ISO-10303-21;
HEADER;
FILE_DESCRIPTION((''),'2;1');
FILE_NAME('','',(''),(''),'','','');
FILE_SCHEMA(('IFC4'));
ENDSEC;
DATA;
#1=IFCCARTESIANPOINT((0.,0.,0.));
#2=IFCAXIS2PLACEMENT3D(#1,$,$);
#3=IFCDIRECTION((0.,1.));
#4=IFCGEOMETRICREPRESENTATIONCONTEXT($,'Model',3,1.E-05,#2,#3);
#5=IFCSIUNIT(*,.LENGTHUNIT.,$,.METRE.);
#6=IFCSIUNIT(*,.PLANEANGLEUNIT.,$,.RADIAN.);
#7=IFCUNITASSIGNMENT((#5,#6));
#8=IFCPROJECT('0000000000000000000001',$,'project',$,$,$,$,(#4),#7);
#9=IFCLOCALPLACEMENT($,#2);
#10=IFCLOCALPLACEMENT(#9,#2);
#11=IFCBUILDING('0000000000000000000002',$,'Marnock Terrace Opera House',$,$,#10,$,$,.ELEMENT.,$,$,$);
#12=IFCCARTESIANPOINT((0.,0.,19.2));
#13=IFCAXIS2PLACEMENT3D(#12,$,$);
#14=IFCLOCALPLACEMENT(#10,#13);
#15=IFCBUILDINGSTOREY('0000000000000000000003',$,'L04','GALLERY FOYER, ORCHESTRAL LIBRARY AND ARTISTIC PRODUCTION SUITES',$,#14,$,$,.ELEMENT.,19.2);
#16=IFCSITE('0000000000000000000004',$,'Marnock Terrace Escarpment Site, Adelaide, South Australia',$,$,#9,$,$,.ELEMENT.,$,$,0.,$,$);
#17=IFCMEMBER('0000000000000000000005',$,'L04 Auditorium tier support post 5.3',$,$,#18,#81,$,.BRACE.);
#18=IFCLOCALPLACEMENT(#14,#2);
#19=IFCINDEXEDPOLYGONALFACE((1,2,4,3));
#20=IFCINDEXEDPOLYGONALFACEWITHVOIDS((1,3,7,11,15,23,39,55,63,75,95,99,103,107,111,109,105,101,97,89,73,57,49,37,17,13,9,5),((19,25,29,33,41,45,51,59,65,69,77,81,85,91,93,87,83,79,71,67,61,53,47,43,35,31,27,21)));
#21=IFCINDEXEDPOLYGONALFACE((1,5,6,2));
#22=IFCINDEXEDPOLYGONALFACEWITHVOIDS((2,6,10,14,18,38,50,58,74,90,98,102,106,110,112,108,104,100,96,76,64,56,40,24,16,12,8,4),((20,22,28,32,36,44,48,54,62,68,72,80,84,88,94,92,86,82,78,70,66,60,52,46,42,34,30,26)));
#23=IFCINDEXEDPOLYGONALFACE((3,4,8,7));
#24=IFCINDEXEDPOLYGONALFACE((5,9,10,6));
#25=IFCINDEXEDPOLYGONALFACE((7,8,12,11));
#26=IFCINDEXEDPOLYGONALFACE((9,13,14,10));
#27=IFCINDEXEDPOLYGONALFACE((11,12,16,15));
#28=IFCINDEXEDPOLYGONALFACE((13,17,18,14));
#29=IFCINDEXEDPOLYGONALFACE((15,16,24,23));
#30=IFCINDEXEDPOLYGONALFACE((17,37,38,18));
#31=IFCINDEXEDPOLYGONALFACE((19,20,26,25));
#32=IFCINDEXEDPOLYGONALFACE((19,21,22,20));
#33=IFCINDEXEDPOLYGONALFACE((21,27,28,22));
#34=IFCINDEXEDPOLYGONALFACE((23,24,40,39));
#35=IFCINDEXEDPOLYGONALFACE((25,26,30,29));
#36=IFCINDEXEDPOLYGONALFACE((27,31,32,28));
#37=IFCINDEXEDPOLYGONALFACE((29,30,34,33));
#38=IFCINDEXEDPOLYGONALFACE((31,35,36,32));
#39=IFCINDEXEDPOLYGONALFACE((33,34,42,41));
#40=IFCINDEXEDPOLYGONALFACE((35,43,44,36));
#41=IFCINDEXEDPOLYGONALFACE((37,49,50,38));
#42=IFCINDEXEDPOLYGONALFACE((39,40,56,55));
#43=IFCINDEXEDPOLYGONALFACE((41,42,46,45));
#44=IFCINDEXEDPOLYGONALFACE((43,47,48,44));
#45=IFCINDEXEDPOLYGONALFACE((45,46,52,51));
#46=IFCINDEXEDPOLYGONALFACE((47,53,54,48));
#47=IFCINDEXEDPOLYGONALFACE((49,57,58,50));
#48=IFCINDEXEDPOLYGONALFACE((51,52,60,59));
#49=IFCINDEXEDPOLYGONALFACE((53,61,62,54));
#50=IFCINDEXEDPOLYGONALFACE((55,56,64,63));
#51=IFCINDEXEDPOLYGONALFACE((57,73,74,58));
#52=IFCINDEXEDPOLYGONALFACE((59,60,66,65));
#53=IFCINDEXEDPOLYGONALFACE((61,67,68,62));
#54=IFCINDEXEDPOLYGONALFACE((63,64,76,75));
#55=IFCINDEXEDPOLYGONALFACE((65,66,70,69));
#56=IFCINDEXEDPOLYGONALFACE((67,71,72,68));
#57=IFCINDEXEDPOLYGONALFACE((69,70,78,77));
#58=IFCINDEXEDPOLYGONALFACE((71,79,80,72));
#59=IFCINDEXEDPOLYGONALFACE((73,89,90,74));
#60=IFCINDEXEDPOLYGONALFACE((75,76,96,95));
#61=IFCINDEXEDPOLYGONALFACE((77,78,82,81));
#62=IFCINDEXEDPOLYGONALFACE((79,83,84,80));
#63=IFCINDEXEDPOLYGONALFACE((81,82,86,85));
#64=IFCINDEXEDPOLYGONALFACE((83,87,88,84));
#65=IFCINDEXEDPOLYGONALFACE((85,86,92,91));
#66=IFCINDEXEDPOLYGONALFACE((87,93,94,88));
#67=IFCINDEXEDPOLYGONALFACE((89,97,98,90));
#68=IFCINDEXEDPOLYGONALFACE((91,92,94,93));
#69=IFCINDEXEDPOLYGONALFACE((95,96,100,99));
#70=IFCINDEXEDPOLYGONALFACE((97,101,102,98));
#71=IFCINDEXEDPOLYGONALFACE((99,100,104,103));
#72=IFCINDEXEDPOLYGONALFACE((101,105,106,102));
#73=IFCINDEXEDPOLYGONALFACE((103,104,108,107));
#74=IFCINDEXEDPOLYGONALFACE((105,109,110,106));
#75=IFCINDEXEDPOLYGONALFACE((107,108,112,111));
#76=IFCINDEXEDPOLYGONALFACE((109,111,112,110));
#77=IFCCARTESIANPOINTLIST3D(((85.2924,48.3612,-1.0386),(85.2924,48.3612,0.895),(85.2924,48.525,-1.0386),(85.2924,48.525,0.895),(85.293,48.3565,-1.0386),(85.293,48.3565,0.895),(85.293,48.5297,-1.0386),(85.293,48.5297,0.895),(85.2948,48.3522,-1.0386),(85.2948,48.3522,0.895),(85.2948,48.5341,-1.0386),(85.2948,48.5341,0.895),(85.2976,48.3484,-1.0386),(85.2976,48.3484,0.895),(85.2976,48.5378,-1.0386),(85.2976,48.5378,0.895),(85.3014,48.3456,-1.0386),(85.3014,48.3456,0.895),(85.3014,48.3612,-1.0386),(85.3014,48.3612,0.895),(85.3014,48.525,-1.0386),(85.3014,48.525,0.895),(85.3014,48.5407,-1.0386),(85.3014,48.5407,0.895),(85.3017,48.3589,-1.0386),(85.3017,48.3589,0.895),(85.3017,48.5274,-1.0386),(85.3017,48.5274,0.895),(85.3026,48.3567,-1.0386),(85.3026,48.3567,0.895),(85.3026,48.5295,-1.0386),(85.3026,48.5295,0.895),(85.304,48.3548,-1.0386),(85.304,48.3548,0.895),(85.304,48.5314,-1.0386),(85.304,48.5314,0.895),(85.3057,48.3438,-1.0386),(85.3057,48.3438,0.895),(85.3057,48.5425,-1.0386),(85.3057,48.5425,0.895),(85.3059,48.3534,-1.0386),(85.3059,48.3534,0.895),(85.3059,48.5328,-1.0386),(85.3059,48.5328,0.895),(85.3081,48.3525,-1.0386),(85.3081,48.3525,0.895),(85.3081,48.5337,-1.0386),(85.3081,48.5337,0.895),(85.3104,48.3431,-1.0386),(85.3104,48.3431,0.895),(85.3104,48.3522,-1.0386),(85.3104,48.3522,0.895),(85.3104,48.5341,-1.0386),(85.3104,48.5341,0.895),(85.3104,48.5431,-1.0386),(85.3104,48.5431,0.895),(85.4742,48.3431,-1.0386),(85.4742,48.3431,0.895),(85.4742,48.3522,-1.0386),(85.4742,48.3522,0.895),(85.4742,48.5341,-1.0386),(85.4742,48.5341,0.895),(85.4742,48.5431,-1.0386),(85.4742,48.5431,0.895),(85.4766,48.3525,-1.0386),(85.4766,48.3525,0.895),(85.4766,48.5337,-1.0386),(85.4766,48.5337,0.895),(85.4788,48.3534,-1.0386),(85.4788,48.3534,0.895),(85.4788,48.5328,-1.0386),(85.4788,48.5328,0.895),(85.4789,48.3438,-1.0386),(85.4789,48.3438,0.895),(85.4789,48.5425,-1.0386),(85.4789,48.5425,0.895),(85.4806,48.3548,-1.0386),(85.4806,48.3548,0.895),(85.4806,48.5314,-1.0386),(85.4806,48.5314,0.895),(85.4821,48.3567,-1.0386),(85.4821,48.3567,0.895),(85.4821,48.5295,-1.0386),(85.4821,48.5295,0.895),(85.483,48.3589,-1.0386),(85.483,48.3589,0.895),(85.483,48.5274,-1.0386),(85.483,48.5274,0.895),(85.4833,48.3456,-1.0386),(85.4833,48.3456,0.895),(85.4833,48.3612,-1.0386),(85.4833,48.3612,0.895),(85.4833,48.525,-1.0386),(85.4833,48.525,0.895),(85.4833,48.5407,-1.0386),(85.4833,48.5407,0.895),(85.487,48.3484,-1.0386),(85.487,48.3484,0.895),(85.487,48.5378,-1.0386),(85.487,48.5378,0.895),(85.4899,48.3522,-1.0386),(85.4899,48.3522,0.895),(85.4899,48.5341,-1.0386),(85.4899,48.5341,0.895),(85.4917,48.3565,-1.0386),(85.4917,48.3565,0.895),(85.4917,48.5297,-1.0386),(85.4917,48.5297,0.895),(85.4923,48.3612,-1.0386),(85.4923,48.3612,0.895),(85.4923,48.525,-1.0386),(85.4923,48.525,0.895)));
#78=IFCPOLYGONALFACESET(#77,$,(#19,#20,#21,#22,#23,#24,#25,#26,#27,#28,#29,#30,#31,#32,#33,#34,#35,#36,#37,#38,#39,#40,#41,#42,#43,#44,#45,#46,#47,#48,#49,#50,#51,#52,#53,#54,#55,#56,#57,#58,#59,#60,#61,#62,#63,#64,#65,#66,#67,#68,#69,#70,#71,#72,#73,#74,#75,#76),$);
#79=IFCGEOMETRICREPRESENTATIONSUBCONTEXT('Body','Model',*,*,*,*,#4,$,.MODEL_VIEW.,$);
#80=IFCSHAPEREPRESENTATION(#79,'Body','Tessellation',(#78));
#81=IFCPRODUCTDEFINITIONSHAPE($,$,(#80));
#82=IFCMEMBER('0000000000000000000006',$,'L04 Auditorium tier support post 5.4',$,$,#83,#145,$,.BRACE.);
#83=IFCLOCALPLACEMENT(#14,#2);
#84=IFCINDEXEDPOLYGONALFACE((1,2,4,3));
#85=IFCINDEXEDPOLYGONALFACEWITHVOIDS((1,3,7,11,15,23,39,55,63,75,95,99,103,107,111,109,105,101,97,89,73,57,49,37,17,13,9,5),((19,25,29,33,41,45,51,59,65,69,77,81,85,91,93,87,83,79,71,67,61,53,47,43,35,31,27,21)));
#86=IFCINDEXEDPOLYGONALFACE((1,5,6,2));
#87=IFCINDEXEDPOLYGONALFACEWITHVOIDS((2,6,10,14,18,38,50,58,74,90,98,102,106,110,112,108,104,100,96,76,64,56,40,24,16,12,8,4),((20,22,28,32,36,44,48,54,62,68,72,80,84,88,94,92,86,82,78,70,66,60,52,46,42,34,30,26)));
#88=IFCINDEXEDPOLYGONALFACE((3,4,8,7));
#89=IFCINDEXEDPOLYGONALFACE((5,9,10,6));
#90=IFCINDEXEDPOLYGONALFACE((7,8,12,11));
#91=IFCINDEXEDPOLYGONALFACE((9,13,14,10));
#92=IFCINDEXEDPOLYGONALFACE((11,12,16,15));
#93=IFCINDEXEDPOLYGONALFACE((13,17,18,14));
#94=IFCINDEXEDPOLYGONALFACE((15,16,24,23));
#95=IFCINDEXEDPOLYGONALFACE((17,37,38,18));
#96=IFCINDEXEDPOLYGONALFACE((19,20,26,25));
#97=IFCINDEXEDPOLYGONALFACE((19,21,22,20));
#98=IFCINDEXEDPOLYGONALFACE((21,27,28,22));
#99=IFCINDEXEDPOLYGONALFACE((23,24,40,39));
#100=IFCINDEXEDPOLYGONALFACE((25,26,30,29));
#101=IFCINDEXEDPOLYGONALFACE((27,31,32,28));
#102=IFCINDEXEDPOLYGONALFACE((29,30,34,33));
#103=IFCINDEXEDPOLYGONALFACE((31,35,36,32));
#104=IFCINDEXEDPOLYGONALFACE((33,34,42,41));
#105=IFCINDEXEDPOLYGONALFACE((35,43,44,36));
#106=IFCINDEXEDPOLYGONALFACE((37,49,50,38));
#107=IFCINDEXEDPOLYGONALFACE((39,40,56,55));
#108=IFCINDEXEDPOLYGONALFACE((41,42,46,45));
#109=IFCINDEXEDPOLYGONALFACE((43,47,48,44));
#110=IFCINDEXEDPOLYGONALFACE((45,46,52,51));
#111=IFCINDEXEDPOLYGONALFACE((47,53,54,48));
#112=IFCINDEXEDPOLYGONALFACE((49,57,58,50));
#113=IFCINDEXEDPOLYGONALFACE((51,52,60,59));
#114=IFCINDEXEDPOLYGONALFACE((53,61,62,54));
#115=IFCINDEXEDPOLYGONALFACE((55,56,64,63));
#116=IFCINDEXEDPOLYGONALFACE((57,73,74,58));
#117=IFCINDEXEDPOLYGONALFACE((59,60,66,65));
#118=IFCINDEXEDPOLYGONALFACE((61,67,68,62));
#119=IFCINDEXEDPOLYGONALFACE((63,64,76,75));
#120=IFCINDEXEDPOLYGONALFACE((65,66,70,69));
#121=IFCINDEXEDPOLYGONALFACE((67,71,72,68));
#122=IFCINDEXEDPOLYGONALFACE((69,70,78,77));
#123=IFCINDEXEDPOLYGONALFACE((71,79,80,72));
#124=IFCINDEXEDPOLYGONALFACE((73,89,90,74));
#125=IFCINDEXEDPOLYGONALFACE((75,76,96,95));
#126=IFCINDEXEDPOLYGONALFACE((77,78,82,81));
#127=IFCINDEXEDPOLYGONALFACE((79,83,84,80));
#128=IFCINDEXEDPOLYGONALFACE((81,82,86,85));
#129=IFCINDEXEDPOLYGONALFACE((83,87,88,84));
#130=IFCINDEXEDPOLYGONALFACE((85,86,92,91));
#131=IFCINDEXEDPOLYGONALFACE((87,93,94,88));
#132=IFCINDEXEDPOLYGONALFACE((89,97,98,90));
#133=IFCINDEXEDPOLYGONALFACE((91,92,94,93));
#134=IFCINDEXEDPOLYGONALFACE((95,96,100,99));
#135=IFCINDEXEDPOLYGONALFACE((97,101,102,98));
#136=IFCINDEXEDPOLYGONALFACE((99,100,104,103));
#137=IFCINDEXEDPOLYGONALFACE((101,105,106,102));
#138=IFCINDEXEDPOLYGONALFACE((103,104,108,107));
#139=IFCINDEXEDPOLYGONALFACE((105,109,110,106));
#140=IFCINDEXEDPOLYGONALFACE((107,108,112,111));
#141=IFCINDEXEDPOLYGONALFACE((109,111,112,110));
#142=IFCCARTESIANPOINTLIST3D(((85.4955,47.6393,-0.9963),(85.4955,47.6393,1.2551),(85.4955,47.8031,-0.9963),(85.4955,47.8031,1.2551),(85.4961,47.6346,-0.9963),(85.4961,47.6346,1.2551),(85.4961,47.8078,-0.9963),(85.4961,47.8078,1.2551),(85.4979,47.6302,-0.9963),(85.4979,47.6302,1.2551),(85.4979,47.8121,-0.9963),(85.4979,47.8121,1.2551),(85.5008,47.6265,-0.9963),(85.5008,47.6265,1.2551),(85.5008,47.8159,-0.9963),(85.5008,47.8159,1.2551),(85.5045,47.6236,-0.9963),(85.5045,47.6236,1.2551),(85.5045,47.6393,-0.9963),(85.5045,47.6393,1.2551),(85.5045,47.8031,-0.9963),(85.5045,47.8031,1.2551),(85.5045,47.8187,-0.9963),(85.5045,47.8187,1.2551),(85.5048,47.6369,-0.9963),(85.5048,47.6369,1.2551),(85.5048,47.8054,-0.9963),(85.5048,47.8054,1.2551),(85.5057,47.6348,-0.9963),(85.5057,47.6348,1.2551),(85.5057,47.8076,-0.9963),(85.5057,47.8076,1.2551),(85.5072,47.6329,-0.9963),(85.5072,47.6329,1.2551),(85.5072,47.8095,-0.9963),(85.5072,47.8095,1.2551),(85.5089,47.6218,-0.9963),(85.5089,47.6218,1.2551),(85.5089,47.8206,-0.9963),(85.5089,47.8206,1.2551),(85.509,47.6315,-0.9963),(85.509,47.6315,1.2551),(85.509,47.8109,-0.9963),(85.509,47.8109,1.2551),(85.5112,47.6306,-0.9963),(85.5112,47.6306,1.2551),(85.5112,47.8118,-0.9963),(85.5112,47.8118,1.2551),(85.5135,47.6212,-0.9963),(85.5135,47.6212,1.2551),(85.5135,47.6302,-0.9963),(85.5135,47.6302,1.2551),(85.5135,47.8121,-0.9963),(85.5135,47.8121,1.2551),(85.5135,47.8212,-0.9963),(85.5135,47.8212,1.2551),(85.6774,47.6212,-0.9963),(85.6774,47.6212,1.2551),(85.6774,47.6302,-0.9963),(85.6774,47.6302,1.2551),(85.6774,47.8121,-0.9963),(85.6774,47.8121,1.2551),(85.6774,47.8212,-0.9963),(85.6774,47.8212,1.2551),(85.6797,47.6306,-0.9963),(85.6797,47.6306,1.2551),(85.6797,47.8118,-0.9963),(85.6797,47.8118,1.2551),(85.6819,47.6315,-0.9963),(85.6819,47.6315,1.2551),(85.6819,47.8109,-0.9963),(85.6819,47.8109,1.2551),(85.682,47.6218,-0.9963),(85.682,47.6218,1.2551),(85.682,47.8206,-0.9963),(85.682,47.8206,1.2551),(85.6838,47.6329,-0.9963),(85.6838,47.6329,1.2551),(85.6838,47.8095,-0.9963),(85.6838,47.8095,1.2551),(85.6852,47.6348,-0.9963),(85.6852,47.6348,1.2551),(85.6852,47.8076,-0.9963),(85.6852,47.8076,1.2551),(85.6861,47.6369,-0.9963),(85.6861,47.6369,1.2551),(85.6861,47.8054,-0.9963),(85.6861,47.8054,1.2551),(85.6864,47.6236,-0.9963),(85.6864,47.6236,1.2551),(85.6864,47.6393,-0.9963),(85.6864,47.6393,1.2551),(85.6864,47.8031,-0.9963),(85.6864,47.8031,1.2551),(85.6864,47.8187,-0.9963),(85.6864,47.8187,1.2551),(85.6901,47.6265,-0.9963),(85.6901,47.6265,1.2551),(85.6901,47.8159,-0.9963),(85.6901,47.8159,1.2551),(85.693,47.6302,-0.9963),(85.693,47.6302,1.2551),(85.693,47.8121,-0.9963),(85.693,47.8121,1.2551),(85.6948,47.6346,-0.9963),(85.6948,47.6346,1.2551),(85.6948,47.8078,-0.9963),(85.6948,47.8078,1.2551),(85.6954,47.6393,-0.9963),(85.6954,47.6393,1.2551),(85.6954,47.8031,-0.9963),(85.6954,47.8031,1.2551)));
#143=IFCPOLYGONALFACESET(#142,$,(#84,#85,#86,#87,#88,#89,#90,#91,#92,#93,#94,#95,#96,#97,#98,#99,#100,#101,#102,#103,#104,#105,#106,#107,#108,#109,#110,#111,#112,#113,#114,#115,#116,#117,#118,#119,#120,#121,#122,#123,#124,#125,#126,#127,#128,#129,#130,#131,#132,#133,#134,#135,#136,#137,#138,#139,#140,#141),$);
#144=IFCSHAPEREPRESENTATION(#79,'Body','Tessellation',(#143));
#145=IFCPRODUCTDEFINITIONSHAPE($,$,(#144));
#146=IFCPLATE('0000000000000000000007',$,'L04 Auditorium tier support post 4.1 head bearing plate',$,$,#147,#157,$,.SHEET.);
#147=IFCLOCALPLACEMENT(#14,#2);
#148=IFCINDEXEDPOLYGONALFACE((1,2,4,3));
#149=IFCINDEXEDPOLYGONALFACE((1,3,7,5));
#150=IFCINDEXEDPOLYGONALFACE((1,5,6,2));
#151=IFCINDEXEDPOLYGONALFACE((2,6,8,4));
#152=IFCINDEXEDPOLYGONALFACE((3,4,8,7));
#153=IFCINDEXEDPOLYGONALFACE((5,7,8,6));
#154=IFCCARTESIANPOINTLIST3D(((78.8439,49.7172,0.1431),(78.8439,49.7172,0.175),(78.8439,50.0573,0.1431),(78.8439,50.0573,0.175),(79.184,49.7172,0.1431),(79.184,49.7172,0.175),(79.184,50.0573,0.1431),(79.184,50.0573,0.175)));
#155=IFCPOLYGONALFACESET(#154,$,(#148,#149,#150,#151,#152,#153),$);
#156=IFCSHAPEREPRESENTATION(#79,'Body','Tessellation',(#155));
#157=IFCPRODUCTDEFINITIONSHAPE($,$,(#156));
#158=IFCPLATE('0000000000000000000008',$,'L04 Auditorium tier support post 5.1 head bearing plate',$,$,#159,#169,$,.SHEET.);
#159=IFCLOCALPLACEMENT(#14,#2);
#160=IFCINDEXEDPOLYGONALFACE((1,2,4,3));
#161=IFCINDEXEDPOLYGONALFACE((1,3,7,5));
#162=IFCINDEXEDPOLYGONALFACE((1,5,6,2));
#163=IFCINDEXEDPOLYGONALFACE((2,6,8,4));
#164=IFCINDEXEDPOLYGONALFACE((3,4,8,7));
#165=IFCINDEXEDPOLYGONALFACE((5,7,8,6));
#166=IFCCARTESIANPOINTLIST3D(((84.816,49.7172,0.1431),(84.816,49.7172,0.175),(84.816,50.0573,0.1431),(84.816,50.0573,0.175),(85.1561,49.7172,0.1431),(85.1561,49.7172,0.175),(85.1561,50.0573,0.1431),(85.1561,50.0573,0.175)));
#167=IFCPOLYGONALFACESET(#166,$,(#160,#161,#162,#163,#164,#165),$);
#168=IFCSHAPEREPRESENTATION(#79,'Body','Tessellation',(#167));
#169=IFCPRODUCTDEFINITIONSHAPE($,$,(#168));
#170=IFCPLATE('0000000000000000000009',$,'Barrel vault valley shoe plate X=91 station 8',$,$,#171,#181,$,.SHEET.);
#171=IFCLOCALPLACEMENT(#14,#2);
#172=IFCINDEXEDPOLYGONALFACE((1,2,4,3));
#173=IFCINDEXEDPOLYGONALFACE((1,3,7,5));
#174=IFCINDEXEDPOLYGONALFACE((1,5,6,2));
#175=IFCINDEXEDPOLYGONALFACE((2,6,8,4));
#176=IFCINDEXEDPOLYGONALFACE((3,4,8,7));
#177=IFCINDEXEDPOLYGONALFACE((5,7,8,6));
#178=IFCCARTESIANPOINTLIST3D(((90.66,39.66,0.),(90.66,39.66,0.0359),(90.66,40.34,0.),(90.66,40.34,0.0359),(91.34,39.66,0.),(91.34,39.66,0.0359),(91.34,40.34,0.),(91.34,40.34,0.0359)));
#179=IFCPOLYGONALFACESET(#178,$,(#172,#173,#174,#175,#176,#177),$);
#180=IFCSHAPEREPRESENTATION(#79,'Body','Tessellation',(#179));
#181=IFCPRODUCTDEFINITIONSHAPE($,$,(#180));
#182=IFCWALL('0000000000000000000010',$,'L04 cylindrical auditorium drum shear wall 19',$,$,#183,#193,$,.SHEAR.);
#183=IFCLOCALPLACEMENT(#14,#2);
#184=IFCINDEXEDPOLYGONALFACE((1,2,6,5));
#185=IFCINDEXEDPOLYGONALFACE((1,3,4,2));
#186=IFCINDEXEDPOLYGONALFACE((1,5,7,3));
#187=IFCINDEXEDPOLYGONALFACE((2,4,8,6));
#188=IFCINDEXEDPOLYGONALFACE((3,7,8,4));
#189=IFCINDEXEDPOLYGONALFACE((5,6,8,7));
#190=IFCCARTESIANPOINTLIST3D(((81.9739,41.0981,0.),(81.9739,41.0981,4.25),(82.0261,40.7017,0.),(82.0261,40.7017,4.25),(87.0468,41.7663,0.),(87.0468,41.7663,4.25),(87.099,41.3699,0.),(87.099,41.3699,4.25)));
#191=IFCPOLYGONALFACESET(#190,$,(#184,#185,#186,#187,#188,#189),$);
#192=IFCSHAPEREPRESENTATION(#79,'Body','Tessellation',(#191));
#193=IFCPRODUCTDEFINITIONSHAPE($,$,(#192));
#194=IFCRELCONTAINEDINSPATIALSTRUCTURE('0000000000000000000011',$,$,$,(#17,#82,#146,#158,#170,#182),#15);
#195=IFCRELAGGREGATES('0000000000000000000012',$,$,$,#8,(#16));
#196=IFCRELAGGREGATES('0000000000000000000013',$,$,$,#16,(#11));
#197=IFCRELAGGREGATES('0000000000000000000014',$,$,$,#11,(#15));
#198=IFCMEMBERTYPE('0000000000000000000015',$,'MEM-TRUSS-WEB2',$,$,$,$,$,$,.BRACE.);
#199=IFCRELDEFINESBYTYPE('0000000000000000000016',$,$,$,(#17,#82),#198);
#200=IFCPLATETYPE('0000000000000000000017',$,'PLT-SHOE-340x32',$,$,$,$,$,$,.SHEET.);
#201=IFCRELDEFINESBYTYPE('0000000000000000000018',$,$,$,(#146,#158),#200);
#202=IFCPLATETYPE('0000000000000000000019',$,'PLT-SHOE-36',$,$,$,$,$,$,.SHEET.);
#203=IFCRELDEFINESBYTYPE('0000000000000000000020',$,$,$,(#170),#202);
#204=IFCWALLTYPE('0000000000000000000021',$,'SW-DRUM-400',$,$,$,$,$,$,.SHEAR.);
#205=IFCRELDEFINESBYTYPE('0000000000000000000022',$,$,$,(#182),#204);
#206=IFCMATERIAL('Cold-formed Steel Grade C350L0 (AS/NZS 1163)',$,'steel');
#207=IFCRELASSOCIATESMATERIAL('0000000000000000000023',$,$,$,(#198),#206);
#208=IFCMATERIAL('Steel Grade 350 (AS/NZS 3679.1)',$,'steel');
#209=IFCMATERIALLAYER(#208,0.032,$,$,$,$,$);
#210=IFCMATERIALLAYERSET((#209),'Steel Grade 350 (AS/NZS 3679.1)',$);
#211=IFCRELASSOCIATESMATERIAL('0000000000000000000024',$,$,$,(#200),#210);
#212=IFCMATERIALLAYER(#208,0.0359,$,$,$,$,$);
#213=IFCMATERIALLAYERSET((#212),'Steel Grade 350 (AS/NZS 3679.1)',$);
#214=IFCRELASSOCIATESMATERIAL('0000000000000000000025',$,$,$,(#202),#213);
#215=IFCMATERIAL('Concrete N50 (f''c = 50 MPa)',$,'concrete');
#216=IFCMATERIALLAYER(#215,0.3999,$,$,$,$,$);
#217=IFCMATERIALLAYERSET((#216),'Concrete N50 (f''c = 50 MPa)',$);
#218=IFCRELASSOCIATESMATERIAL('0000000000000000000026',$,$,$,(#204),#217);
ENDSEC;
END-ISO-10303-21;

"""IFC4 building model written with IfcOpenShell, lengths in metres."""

from ifc_helpers import new_model, si_unit, direction, frame, frame_2d, origin, origin_2d, place, context, subcontext, project, spatial, rectangle, hollow_rectangle, extrude, material, layer, layer_set, material_profile, profile_set, type_object, element, save


model = new_model("IFC4")

# Units and contexts
model_context = context("Model", 3, precision=1e-05, world=origin(), true_north=direction((0.0, 1.0)))
body_context = subcontext(model_context, "Body", "Model", "MODEL_VIEW")
ifc_project = project(units=[si_unit("LENGTHUNIT", "METRE"), si_unit("PLANEANGLEUNIT", "RADIAN")], contexts=[model_context])

# Site, building, storey
site_placement = place(None, origin())
site = spatial("IfcSite", under=ifc_project, at=site_placement, Name="Marnock Terrace Escarpment Site, Adelaide, South Australia", CompositionType="ELEMENT", RefElevation=0.0)
building_placement = place(site_placement, origin())
building = spatial("IfcBuilding", under=site, at=building_placement, Name="Marnock Terrace Opera House", CompositionType="ELEMENT")
storey_placement = place(building_placement, frame((0.0, 0.0, 19.2)))
storey = spatial("IfcBuildingStorey", under=building, at=storey_placement, Name="L04", Description="GALLERY FOYER, ORCHESTRAL LIBRARY AND ARTISTIC PRODUCTION SUITES", CompositionType="ELEMENT", Elevation=19.2)

# Shared definitions
ifc_material_1 = material(Name="Concrete N50 (f'c = 50 MPa)", Category="concrete")

# Members
ifc_material_2 = material(Name="Cold-formed Steel Grade C350L0 (AS/NZS 1163)", Category="steel")
ifc_material_profile_1 = material_profile(ifc_material_2, hollow_rectangle(XDim=0.2, YDim=0.2, WallThickness=0.009, InnerFilletRadius=0.009, OuterFilletRadius=0.0181, at=origin_2d()))
ifc_profile_set_1 = profile_set([ifc_material_profile_1], Name="Cold-formed Steel Grade C350L0 (AS/NZS 1163)")
member_type = type_object("IfcMemberType", Name="MEM-TRUSS-WEB2", PredefinedType="BRACE", material=ifc_profile_set_1)
member_1_placement = place(storey_placement, frame((85.3923, 48.4431, -1.0386), z_axis=(0.0, 0.0, 1.0), x_axis=(1.0, 0.0, 0.0)))
element("IfcMember", 1, at=member_1_placement, inside=storey, type_object=member_type, Name="L04 Auditorium tier support post 5.3", PredefinedType="BRACE", context=body_context, shape_type="SweptSolid", body=[
    extrude(hollow_rectangle(XDim=0.2, YDim=0.2, WallThickness=0.009, InnerFilletRadius=0.009, OuterFilletRadius=0.0181, at=origin_2d()), origin(), (0.0, 0.0, 1.0), 1.9336),
])
member_2_placement = place(storey_placement, frame((85.5955, 47.7212, -0.9963), z_axis=(0.0, 0.0, 1.0), x_axis=(1.0, 0.0, 0.0)))
element("IfcMember", 2, at=member_2_placement, inside=storey, type_object=member_type, Name="L04 Auditorium tier support post 5.4", PredefinedType="BRACE", context=body_context, shape_type="SweptSolid", body=[
    extrude(hollow_rectangle(XDim=0.2, YDim=0.2, WallThickness=0.009, InnerFilletRadius=0.009, OuterFilletRadius=0.0181, at=origin_2d()), origin(), (0.0, 0.0, 1.0), 2.2515),
])

# Plates
ifc_material_3 = material(Name="Steel Grade 350 (AS/NZS 3679.1)", Category="steel")
ifc_layer_1 = layer(ifc_material_3, 0.032)
ifc_layer_set_1 = layer_set([ifc_layer_1], Name="Steel Grade 350 (AS/NZS 3679.1)")
plate_type_1 = type_object("IfcPlateType", Name="PLT-SHOE-340x32", PredefinedType="SHEET", material=ifc_layer_set_1)
for number, where, z_axis, x_axis, name in (
    (3, (79.0139, 49.8872, 0.1431), (0.0, 0.0, 1.0), (1.0, 0.0, 0.0), "L04 Auditorium tier support post 4.1 head bearing plate"),
    (4, (84.9861, 49.8872, 0.1431), (0.0, 0.0, 1.0), (1.0, 0.0, 0.0), "L04 Auditorium tier support post 5.1 head bearing plate"),
):
    element("IfcPlate", number, at=place(storey_placement, frame(where, z_axis=z_axis, x_axis=x_axis)), inside=storey, type_object=plate_type_1, Name=name, PredefinedType="SHEET", context=body_context, shape_type="SweptSolid", body=[
        extrude(rectangle(XDim=0.3401, YDim=0.3401, at=origin_2d()), origin(), (0.0, 0.0, 1.0), 0.032),
    ])
ifc_layer_2 = layer(ifc_material_3, 0.0359)
ifc_layer_set_2 = layer_set([ifc_layer_2], Name="Steel Grade 350 (AS/NZS 3679.1)")
plate_type_2 = type_object("IfcPlateType", Name="PLT-SHOE-36", PredefinedType="SHEET", material=ifc_layer_set_2)
plate_placement = place(storey_placement, frame((91.0, 40.0, 0.0), z_axis=(0.0, 0.0, 1.0), x_axis=(1.0, 0.0, 0.0)))
element("IfcPlate", 5, at=plate_placement, inside=storey, type_object=plate_type_2, Name="Barrel vault valley shoe plate X=91 station 8", PredefinedType="SHEET", context=body_context, shape_type="SweptSolid", body=[
    extrude(rectangle(XDim=0.6799, YDim=0.6799, at=origin_2d()), origin(), (0.0, 0.0, 1.0), 0.0359),
])

# Wall
ifc_layer_3 = layer(ifc_material_1, 0.3999)
ifc_layer_set_3 = layer_set([ifc_layer_3], Name="Concrete N50 (f'c = 50 MPa)")
wall_type = type_object("IfcWallType", Name="SW-DRUM-400", PredefinedType="SHEAR", material=ifc_layer_set_3)
wall_1_placement = place(storey_placement, frame((82.0, 40.8999, 0.0), z_axis=(0.0, 0.0, 1.0), x_axis=(0.991436, 0.130592, 0.0)))
element("IfcWall", 6, at=wall_1_placement, inside=storey, type_object=wall_type, Name="L04 cylindrical auditorium drum shear wall 19", PredefinedType="SHEAR", context=body_context, shape_type="SweptSolid", body=[
    extrude(rectangle(XDim=5.1167, YDim=0.3999, at=frame_2d((2.5583, 0.0))), origin(), (0.0, 0.0, 1.0), 4.25),
])

save(model, "model.ifc")
